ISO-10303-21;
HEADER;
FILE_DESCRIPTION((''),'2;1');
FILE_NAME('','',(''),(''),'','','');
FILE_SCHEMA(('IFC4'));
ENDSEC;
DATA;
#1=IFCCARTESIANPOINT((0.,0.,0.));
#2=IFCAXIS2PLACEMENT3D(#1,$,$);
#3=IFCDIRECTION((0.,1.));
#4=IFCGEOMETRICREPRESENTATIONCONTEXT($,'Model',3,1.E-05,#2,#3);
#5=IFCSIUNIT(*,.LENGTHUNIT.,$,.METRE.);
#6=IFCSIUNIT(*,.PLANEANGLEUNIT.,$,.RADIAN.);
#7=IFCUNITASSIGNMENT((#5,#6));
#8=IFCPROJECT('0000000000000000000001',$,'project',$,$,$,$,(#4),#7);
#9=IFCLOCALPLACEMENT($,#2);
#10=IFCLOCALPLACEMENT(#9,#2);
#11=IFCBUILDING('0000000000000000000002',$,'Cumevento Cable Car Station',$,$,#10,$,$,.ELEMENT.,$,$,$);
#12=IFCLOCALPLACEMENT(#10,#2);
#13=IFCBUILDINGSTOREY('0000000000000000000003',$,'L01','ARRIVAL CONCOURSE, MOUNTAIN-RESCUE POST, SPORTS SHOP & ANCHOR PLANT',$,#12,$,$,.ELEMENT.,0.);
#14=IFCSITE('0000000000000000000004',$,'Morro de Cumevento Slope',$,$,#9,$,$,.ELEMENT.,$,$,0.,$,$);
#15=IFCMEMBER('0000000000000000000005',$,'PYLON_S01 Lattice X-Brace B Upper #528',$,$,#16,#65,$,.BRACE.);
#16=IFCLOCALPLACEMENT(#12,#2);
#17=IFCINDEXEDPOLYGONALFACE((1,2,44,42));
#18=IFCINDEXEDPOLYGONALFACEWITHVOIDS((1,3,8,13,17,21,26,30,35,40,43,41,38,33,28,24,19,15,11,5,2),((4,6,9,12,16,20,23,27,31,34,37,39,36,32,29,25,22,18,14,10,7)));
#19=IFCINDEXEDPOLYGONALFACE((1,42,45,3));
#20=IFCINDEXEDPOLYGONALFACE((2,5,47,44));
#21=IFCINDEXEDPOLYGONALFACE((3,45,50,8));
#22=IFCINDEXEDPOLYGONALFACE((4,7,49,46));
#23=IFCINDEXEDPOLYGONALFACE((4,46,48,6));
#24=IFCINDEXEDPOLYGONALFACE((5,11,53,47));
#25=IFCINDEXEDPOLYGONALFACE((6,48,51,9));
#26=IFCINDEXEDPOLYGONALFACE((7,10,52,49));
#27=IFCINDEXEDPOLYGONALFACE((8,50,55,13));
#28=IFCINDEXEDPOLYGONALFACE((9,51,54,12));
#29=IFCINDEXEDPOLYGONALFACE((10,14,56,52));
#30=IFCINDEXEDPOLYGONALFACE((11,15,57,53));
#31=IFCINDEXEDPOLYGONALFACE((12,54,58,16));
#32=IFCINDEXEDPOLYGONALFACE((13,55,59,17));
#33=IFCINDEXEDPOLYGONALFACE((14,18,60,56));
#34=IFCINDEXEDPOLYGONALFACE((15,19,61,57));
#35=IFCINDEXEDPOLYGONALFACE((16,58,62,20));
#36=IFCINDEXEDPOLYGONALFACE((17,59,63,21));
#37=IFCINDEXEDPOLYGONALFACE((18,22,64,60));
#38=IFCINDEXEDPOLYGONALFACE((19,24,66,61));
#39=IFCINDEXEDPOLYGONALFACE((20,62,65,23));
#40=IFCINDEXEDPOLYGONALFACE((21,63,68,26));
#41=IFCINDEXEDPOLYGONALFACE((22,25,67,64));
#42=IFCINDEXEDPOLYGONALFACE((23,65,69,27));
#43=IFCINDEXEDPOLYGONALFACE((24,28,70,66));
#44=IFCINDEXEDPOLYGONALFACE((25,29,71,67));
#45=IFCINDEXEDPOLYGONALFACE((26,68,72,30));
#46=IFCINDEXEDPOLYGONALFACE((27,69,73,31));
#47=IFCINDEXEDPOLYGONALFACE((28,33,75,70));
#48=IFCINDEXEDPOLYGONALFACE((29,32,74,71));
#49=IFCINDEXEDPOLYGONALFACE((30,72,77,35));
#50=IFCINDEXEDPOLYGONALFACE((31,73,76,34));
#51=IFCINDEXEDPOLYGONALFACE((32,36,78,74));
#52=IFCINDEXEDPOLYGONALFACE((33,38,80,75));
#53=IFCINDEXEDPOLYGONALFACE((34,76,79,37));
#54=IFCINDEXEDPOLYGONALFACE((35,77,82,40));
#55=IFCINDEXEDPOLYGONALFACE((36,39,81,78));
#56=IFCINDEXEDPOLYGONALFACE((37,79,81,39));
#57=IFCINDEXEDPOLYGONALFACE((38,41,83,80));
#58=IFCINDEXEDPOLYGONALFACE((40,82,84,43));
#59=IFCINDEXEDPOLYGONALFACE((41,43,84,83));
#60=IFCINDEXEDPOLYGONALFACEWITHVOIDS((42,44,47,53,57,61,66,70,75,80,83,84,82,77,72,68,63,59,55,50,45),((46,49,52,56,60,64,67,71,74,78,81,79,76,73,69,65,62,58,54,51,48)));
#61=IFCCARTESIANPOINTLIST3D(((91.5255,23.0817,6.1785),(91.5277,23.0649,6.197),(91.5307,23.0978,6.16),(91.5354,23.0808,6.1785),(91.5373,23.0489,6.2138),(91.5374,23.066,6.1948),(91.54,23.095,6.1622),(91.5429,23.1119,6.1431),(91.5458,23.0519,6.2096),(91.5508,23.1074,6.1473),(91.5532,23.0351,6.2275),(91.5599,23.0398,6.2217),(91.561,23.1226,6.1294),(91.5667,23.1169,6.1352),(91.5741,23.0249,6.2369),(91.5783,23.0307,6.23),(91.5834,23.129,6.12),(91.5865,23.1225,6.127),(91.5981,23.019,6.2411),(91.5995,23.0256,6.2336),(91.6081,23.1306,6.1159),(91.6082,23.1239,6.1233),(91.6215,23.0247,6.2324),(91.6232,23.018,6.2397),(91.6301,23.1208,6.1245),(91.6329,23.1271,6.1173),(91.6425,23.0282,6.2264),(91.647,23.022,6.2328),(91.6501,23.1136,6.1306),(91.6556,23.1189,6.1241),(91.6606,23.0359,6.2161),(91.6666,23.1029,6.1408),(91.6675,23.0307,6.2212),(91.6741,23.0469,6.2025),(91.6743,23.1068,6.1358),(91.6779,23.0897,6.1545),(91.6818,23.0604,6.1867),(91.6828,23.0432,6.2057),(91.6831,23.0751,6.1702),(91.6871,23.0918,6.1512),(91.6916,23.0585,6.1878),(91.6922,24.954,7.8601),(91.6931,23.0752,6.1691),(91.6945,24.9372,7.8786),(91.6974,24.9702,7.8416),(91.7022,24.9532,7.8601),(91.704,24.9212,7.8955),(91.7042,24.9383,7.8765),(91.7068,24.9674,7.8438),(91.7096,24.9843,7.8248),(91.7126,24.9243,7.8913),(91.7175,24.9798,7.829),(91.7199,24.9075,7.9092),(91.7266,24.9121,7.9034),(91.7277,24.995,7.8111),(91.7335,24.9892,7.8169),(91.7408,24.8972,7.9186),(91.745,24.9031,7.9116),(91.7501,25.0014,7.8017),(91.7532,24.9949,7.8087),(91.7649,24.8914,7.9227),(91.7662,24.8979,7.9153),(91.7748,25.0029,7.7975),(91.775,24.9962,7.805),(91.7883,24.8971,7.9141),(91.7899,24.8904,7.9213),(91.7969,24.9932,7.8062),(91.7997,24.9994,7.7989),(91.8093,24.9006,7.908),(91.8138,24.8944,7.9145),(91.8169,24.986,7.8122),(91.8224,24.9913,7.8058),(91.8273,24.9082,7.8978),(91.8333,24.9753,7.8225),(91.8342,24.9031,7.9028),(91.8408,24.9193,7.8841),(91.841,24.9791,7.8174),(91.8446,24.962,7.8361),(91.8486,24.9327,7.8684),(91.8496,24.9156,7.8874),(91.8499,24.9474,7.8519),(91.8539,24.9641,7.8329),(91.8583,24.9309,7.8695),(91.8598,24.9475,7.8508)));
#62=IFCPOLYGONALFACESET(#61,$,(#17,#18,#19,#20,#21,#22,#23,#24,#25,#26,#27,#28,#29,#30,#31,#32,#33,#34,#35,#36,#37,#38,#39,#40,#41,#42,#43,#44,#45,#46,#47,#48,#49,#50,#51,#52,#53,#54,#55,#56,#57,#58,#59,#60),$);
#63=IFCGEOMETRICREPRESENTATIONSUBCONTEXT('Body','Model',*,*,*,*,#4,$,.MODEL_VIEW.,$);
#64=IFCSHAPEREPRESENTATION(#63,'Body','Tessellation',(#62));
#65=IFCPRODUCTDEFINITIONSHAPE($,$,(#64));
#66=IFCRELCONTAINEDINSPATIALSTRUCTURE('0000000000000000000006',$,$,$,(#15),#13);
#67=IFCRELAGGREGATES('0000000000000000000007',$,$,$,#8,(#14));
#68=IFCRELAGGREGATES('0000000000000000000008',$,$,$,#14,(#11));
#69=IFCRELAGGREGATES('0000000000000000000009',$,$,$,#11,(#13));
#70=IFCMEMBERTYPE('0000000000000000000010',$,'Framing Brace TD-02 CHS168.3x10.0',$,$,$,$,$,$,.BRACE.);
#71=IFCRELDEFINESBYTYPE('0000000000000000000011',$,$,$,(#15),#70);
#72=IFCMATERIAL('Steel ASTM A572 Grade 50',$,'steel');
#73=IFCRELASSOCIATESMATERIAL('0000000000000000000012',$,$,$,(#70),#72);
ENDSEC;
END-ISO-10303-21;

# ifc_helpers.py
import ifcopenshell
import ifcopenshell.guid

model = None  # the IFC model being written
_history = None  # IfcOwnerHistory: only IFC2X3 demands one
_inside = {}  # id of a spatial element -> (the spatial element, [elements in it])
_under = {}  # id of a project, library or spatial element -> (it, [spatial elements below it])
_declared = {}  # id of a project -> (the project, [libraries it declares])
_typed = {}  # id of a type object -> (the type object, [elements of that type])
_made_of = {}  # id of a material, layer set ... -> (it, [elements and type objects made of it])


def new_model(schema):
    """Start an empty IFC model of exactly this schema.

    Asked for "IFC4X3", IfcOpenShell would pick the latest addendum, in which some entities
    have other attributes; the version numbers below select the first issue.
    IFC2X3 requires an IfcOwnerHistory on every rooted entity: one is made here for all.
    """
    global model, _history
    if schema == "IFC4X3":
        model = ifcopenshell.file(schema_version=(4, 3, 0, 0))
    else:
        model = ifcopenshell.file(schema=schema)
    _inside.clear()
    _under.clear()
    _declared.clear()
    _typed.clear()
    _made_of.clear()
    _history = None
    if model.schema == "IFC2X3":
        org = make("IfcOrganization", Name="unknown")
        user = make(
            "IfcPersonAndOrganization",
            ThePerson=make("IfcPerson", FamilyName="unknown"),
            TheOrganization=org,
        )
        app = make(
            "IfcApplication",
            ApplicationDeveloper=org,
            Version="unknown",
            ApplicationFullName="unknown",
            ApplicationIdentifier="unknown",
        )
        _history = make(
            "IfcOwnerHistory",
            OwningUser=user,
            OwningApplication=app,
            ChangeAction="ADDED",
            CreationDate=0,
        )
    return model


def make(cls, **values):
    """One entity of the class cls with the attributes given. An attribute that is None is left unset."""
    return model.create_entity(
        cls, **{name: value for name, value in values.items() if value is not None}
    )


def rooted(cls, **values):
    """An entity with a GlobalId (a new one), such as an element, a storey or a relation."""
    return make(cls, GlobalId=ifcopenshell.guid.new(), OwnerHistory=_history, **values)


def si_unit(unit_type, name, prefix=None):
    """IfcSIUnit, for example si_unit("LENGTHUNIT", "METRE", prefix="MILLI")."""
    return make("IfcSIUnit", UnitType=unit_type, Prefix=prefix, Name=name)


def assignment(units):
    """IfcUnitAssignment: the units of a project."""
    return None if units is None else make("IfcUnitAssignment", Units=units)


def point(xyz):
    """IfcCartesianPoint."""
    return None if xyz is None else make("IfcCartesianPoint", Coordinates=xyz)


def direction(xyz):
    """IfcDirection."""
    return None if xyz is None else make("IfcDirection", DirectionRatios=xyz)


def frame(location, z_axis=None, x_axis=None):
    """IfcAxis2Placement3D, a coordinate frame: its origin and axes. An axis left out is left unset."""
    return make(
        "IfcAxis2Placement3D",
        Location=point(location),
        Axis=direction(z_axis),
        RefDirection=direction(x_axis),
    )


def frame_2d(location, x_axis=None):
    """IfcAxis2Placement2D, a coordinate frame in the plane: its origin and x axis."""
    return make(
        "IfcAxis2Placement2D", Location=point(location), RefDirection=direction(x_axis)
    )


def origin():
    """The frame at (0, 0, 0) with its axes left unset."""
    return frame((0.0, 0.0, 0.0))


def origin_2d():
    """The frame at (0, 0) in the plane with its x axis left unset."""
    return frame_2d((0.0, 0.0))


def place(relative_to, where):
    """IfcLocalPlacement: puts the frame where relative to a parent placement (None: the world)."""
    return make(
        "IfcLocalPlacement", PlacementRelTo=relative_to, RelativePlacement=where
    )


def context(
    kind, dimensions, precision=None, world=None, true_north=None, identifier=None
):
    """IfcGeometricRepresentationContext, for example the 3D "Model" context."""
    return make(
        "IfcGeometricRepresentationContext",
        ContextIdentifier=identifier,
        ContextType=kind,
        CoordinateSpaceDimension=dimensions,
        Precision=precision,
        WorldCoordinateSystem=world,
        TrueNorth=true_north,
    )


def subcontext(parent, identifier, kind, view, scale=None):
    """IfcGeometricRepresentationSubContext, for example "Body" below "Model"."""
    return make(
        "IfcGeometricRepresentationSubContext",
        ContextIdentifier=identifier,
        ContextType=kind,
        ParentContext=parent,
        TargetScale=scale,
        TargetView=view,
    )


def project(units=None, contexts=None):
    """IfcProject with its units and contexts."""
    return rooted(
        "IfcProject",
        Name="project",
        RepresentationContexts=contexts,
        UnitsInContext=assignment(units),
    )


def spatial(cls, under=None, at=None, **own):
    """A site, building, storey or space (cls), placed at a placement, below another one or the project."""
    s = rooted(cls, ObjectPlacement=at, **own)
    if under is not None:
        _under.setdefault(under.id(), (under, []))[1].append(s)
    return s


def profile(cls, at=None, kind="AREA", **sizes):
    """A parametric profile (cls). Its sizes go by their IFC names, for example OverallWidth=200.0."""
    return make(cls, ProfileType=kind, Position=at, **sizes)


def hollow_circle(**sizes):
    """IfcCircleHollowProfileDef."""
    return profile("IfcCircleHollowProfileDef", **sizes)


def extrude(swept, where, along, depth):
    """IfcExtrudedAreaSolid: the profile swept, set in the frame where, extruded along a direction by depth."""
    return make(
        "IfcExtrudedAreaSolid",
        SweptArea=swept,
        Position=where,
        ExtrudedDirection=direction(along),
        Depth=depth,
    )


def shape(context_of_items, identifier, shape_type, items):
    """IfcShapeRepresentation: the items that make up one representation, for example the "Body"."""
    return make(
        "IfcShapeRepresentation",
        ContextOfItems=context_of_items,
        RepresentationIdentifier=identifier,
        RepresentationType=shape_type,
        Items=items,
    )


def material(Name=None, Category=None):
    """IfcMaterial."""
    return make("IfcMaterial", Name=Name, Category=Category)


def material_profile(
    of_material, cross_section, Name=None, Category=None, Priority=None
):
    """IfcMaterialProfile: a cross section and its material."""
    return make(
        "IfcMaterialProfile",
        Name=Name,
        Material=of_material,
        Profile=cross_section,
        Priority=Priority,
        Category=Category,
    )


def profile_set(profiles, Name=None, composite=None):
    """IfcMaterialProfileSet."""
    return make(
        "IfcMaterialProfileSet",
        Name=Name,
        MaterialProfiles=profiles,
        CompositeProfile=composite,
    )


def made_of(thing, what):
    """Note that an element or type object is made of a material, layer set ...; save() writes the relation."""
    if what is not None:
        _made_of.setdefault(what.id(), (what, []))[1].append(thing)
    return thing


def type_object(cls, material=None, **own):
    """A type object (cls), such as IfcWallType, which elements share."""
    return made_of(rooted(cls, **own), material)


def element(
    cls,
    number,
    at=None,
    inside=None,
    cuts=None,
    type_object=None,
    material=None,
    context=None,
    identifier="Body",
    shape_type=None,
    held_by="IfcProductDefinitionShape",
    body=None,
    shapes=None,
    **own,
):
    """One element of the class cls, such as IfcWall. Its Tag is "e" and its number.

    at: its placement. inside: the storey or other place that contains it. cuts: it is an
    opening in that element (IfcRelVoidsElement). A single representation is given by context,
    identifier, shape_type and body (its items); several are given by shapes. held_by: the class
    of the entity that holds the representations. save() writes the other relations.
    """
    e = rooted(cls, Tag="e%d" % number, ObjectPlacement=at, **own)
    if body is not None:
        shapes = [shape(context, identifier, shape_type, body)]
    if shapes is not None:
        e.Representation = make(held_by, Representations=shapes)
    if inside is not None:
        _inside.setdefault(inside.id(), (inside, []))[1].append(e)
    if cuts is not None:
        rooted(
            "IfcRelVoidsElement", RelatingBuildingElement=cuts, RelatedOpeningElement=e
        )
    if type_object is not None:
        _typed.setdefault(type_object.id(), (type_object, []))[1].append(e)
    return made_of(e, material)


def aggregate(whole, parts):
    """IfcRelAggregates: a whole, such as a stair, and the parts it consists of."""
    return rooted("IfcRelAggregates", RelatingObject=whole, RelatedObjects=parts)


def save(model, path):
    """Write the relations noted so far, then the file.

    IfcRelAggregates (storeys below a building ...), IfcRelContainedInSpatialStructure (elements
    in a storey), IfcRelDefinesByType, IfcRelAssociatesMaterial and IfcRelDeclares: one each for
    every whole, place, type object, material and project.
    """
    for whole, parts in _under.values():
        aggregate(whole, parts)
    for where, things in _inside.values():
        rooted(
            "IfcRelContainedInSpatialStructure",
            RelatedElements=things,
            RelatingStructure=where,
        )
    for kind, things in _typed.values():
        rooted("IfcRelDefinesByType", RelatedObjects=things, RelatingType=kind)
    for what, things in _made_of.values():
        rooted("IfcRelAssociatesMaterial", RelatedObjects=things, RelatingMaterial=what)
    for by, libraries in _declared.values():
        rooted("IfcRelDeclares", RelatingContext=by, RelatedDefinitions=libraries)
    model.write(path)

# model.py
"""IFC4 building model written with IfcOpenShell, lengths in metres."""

from ifc_helpers import new_model, si_unit, direction, frame, origin, origin_2d, place, context, subcontext, project, spatial, hollow_circle, extrude, material, material_profile, profile_set, type_object, element, save


model = new_model("IFC4")

# Units and contexts
model_context = context("Model", 3, precision=1e-05, world=origin(), true_north=direction((0.0, 1.0)))
body_context = subcontext(model_context, "Body", "Model", "MODEL_VIEW")
ifc_project = project(units=[si_unit("LENGTHUNIT", "METRE"), si_unit("PLANEANGLEUNIT", "RADIAN")], contexts=[model_context])

# Site, building, storey
site_placement = place(None, origin())
site = spatial("IfcSite", under=ifc_project, at=site_placement, Name="Morro de Cumevento Slope", CompositionType="ELEMENT", RefElevation=0.0)
building_placement = place(site_placement, origin())
building = spatial("IfcBuilding", under=site, at=building_placement, Name="Cumevento Cable Car Station", CompositionType="ELEMENT")
storey_placement = place(building_placement, origin())
storey = spatial("IfcBuildingStorey", under=building, at=storey_placement, Name="L01", Description="ARRIVAL CONCOURSE, MOUNTAIN-RESCUE POST, SPORTS SHOP & ANCHOR PLANT", CompositionType="ELEMENT", Elevation=0.0)

# Member
ifc_material_1 = material(Name="Steel ASTM A572 Grade 50", Category="steel")
ifc_material_profile_1 = material_profile(ifc_material_1, hollow_circle(Radius=0.0842, WallThickness=0.01, at=origin_2d()), Name="CHS168.3x10.0")
ifc_profile_set_1 = profile_set([ifc_material_profile_1], Name="Steel ASTM A572 Grade 50")
member_type_1 = type_object("IfcMemberType", Name="Framing Brace TD-02 CHS168.3x10.0", PredefinedType="BRACE", material=ifc_profile_set_1)
member_1_placement = place(storey_placement, frame((91.6094, 23.0742, 6.1785), z_axis=(0.066113, 0.742346, 0.666747), x_axis=(-0.996058, 0.088709, 0.0)))
element("IfcMember", 1, at=member_1_placement, inside=storey, type_object=member_type_1, Name="PYLON_S01 Lattice X-Brace B Upper #528", PredefinedType="BRACE", context=body_context, shape_type="SweptSolid", body=[
    extrude(hollow_circle(Radius=0.0842, WallThickness=0.01, at=origin_2d()), origin(), (0.0, 0.0, 1.0), 2.5222),
])

save(model, "model.ifc")
